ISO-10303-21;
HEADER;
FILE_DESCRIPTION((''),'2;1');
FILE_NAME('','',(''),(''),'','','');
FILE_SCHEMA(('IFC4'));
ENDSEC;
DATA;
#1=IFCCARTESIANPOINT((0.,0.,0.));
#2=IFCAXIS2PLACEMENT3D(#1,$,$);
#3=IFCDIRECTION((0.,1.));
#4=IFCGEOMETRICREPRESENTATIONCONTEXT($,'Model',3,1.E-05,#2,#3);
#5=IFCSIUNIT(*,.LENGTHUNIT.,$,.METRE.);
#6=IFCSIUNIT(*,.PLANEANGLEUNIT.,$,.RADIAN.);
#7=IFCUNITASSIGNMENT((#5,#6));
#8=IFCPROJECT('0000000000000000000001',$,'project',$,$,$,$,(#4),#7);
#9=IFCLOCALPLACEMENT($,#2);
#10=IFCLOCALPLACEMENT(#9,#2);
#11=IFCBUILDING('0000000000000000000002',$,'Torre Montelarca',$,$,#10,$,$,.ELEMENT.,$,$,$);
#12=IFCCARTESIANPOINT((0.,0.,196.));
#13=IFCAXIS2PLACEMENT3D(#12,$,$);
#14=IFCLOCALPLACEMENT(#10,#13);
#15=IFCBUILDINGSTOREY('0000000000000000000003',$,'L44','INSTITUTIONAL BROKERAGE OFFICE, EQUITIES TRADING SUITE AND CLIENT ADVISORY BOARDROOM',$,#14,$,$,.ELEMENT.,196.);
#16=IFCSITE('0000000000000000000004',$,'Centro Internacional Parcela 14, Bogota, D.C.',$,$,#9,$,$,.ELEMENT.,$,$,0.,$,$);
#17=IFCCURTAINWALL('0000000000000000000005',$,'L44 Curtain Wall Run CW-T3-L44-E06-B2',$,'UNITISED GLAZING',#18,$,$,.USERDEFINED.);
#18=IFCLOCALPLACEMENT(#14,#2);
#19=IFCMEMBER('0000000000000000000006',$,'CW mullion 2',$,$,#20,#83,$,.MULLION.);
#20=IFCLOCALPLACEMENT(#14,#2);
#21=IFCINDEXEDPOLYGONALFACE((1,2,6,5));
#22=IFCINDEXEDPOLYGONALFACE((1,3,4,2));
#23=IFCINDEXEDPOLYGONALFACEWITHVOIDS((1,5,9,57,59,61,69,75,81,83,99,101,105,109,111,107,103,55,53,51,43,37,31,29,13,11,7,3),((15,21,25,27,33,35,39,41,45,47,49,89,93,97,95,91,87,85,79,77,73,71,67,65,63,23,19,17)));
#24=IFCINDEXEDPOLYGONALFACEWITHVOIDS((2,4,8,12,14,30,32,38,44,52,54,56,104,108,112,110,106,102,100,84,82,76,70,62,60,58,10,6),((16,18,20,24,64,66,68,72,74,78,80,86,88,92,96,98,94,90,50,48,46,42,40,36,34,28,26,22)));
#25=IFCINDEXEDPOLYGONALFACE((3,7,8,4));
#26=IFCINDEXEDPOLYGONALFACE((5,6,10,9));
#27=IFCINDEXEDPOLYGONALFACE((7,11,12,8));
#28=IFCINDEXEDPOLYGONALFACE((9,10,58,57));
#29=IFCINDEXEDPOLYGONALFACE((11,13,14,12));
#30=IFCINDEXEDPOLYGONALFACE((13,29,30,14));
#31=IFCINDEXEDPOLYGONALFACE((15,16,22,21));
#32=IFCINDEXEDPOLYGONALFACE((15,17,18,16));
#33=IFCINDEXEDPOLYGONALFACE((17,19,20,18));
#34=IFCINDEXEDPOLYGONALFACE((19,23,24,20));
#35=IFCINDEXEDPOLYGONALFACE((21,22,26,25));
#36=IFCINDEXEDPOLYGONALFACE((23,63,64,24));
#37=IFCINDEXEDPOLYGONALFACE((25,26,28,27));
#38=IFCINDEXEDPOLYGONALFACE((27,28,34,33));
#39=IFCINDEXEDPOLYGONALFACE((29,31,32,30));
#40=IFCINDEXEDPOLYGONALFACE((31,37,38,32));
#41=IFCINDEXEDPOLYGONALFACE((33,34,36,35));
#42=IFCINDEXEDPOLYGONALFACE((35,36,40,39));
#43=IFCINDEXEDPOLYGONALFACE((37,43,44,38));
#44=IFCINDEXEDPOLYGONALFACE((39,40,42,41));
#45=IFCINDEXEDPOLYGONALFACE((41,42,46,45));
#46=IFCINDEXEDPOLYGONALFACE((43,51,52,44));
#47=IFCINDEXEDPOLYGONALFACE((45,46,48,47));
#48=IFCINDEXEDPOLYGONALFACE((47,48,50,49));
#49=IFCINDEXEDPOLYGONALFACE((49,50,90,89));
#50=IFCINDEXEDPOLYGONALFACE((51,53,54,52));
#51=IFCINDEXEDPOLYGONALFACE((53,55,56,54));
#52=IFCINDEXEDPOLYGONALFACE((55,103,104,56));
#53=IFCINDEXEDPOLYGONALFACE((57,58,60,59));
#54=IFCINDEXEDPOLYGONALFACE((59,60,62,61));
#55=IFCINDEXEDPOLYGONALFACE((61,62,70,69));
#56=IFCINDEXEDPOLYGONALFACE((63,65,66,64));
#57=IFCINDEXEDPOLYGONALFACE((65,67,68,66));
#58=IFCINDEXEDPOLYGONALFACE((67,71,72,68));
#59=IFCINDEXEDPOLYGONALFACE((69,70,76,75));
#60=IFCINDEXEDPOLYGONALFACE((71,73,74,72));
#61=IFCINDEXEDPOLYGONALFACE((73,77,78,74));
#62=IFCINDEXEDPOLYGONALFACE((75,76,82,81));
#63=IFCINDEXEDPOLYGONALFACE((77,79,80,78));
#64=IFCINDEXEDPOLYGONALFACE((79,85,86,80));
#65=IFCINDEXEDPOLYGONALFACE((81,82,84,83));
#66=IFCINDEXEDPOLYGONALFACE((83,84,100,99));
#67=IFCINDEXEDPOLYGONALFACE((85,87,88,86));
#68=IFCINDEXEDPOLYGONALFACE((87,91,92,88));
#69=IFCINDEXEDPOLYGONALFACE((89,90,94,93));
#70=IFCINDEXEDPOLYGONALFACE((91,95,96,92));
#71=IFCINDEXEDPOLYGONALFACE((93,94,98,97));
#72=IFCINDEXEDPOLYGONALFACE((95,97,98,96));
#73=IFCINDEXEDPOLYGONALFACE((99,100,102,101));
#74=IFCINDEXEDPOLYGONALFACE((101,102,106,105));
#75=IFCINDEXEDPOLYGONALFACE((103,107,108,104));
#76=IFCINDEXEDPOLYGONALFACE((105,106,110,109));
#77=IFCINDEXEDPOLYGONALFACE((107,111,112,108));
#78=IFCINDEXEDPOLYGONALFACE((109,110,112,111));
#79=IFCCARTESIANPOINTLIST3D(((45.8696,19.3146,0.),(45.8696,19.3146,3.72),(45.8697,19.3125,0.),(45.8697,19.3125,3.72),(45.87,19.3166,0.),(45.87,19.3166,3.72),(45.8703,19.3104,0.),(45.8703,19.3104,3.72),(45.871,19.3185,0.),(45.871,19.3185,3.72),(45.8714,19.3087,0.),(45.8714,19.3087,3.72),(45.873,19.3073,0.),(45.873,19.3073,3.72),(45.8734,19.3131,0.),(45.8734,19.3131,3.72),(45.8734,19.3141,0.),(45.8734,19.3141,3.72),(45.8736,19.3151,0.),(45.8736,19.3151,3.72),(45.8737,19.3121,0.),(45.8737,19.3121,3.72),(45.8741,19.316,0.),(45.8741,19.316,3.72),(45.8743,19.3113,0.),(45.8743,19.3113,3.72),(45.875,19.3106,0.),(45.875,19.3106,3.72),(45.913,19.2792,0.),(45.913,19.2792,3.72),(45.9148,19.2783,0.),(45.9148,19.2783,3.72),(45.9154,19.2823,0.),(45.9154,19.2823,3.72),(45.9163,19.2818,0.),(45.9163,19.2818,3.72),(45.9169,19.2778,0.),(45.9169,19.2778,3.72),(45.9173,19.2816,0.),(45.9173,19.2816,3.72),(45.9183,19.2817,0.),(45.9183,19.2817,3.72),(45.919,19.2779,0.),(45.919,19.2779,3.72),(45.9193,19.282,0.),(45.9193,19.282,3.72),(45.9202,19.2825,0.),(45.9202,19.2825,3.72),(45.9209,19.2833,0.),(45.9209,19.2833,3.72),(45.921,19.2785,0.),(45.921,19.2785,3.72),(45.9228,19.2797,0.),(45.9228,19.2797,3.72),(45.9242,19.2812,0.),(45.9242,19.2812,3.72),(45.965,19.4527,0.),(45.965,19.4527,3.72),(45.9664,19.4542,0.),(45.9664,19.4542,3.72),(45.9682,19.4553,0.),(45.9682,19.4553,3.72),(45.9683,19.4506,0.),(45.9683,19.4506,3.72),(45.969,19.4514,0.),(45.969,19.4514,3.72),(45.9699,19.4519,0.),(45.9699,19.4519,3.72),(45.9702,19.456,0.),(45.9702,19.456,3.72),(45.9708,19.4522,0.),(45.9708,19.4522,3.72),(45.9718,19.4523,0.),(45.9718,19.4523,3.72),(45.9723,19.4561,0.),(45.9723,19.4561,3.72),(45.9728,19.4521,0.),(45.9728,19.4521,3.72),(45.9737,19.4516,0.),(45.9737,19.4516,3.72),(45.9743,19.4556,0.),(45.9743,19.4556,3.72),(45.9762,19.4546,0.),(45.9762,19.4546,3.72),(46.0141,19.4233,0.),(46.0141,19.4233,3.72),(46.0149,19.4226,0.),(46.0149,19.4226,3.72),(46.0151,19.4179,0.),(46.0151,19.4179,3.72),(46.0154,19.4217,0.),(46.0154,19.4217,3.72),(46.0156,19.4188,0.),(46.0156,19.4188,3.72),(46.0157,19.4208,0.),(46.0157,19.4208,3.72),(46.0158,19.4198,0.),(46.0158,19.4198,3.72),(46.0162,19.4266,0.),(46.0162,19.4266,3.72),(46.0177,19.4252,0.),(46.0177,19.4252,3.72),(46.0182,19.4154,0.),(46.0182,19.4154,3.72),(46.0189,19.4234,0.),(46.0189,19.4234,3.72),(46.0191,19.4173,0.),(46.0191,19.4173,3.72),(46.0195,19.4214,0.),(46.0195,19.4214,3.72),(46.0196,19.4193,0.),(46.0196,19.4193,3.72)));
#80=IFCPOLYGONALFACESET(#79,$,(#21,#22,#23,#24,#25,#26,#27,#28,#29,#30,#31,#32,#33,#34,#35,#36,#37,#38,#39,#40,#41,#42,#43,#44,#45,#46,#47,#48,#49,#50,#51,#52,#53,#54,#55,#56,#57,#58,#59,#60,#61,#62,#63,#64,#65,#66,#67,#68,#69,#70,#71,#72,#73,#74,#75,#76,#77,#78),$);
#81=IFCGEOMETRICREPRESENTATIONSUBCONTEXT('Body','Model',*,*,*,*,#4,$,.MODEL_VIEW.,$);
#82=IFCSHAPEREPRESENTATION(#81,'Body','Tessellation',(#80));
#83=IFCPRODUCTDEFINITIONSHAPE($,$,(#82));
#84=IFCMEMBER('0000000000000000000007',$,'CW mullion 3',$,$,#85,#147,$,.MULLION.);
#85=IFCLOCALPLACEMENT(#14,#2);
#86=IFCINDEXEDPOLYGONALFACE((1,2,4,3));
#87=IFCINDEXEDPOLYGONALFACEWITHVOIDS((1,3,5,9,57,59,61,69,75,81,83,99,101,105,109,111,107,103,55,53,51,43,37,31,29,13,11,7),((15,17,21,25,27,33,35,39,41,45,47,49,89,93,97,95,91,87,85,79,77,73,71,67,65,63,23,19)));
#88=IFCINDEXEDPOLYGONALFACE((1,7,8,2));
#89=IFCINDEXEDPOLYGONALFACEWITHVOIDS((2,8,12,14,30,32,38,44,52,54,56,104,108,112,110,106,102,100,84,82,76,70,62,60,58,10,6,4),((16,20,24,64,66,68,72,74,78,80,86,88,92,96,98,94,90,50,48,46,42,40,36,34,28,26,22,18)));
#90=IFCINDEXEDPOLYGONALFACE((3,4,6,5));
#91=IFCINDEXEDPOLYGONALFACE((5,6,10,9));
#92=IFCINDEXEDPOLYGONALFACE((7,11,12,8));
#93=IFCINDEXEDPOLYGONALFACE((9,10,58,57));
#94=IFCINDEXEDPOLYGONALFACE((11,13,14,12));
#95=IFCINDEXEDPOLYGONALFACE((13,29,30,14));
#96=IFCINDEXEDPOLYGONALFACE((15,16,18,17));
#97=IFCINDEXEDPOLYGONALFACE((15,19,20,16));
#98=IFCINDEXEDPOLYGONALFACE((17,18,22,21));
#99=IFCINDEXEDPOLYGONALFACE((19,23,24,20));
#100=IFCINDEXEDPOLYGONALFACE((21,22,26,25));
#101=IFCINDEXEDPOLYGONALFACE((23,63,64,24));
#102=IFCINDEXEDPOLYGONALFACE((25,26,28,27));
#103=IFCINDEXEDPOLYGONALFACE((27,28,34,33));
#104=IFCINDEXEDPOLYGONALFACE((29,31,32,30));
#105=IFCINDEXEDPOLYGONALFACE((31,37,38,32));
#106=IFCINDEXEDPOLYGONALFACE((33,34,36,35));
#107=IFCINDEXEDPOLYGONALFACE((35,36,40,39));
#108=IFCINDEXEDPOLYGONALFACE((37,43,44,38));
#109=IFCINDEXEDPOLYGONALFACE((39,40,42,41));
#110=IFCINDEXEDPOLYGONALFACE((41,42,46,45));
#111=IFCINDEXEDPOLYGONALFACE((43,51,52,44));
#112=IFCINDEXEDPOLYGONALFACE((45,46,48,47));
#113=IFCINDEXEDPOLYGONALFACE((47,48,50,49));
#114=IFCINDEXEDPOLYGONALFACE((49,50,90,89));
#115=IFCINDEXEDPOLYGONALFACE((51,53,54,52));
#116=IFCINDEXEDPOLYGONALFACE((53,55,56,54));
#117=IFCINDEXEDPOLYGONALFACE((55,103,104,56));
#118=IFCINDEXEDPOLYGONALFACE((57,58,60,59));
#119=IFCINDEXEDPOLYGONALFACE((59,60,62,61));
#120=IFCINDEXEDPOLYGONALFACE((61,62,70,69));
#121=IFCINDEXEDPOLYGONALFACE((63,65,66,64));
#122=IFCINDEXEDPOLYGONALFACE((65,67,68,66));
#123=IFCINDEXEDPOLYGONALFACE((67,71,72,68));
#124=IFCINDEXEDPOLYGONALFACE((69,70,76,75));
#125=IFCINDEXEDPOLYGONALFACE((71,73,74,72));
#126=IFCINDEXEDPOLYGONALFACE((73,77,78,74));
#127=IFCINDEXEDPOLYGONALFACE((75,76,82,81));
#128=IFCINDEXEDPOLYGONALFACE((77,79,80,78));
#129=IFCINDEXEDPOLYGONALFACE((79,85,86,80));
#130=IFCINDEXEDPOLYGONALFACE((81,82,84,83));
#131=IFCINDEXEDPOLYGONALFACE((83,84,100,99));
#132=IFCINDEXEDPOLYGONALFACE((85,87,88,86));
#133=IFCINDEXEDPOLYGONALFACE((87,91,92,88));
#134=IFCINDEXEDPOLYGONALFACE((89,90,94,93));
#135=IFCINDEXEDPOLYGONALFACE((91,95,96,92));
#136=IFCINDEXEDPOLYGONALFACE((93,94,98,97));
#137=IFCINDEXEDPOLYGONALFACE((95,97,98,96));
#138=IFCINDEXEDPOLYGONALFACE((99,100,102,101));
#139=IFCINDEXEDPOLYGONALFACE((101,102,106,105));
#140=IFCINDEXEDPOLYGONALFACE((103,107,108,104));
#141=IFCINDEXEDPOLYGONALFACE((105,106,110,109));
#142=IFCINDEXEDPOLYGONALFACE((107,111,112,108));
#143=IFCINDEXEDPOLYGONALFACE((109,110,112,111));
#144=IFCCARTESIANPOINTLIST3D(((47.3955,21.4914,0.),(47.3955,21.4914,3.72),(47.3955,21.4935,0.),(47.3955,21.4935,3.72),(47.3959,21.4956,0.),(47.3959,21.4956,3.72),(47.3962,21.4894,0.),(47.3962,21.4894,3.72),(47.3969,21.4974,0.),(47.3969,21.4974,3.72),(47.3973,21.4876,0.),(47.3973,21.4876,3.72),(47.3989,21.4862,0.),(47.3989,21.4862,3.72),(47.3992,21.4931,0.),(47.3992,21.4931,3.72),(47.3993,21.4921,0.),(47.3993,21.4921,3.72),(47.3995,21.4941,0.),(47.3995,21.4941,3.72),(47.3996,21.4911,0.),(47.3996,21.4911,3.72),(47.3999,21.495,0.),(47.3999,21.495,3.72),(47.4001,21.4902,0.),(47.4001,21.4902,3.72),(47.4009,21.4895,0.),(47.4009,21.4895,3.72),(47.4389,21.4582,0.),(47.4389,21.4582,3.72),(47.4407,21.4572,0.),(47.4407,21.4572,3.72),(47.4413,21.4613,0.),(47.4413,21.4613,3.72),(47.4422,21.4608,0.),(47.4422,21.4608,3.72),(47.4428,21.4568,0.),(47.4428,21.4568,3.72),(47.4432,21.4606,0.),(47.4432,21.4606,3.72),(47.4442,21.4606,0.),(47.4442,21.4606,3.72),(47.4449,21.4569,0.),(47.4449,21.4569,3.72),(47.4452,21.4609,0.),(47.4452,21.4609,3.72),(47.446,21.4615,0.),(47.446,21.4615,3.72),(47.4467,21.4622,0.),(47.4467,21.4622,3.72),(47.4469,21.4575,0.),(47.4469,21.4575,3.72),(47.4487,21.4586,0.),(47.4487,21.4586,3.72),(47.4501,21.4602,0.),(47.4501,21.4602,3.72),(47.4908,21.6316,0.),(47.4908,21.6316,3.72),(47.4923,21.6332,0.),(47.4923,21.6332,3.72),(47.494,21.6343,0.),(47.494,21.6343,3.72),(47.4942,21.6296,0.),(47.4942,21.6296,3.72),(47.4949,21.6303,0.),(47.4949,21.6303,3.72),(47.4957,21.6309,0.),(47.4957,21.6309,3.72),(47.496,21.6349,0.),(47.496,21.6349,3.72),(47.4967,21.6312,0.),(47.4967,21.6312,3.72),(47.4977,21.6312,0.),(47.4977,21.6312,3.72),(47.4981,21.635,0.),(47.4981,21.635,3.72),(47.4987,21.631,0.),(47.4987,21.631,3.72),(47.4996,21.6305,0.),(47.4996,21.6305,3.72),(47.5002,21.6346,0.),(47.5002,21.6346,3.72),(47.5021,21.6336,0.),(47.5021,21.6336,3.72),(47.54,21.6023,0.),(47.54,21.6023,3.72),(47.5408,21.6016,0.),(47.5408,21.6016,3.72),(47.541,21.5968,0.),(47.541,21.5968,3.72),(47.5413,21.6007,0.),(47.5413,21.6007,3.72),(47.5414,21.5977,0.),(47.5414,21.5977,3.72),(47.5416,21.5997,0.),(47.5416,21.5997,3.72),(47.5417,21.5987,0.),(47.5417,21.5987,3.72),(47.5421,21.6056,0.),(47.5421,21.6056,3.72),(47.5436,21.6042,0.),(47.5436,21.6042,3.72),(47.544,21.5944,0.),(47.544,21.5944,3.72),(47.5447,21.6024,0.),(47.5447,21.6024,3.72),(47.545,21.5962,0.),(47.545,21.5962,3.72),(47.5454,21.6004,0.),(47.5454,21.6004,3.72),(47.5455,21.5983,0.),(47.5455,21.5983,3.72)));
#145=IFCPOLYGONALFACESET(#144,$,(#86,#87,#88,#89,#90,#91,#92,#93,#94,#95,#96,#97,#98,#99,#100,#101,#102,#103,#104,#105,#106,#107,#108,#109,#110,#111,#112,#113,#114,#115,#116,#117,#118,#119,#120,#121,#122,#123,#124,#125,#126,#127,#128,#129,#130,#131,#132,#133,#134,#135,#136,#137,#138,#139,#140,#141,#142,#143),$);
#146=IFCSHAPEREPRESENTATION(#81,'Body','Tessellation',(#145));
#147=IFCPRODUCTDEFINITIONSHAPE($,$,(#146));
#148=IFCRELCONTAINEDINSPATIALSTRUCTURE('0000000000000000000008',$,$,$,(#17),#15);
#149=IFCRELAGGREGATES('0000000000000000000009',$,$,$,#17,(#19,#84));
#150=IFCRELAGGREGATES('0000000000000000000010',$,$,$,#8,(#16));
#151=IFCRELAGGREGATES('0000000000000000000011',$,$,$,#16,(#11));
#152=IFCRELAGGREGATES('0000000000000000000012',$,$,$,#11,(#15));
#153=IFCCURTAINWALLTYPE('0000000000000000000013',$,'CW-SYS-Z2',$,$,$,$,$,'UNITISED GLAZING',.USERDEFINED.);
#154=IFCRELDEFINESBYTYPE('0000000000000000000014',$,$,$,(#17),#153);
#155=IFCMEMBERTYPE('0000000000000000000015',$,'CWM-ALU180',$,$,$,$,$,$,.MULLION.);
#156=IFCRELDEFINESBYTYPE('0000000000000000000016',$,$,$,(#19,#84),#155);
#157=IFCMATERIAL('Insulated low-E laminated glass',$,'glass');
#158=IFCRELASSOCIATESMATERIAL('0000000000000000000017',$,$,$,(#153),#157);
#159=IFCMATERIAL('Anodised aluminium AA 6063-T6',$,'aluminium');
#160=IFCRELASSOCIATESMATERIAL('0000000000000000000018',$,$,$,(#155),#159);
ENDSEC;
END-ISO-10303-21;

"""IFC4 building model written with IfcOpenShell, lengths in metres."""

from ifc_helpers import new_model, si_unit, direction, frame, origin, origin_2d, place, context, subcontext, project, spatial, hollow_rectangle, extrude, source, transform, mapped, material, material_profile, profile_set, type_object, element, aggregate, save


model = new_model("IFC4")

# Units and contexts
model_context = context("Model", 3, precision=1e-05, world=origin(), true_north=direction((0.0, 1.0)))
body_context = subcontext(model_context, "Body", "Model", "MODEL_VIEW")
ifc_project = project(units=[si_unit("LENGTHUNIT", "METRE"), si_unit("PLANEANGLEUNIT", "RADIAN")], contexts=[model_context])

# Site, building, storey
site_placement = place(None, origin())
site = spatial("IfcSite", under=ifc_project, at=site_placement, Name="Centro Internacional Parcela 14, Bogota, D.C.", CompositionType="ELEMENT", RefElevation=0.0)
building_placement = place(site_placement, origin())
building = spatial("IfcBuilding", under=site, at=building_placement, Name="Torre Montelarca", CompositionType="ELEMENT")
storey_placement = place(building_placement, frame((0.0, 0.0, 196.0)))
storey = spatial("IfcBuildingStorey", under=building, at=storey_placement, Name="L44", Description="INSTITUTIONAL BROKERAGE OFFICE, EQUITIES TRADING SUITE AND CLIENT ADVISORY BOARDROOM", CompositionType="ELEMENT", Elevation=196.0)

# Shared definitions
ifc_material_1 = material(Name="Insulated low-E laminated glass", Category="glass")
curtain_wall_type = type_object("IfcCurtainWallType", Name="CW-SYS-Z2", ElementType="UNITISED GLAZING", PredefinedType="USERDEFINED", material=ifc_material_1)
ifc_material_2 = material(Name="Anodised aluminium AA 6063-T6", Category="aluminium")

# Shared definitions
ifc_material_profile_1 = material_profile(ifc_material_2, hollow_rectangle(XDim=0.0649, YDim=0.1799, WallThickness=0.0039, InnerFilletRadius=0.0039, OuterFilletRadius=0.0081, at=origin_2d()), Name="ALU65X180X4", Category="aluminium")
ifc_profile_set_1 = profile_set([ifc_material_profile_1], Name="Anodised aluminium AA 6063-T6")
member_type_1 = type_object("IfcMemberType", Name="CWM-ALU180", PredefinedType="MULLION", material=ifc_profile_set_1)
shared_shape_1 = source(origin(), body_context, "Body", "SweptSolid", [
    extrude(hollow_rectangle(XDim=0.0649, YDim=0.1799, WallThickness=0.0039, InnerFilletRadius=0.0039, OuterFilletRadius=0.0081, at=origin_2d()), origin(), (0.0, 0.0, 1.0), 3.72),
])

# Curtain wall, members
curtain_wall_1_placement = place(storey_placement, origin())
curtain_wall_1 = element("IfcCurtainWall", 1, at=curtain_wall_1_placement, inside=storey, type_object=curtain_wall_type, Name="L44 Curtain Wall Run CW-T3-L44-E06-B2", ObjectType="UNITISED GLAZING", PredefinedType="USERDEFINED")
member_1_placement = place(storey_placement, frame((45.9446, 19.3669, 0.0), z_axis=(0.0, 0.0, 1.0), x_axis=(-0.819154, 0.573573, 0.0)))
member_1 = element("IfcMember", 2, at=member_1_placement, type_object=member_type_1, Name="CW mullion 2", PredefinedType="MULLION", context=body_context, shape_type="MappedRepresentation", body=[
    mapped(shared_shape_1, transform((0.0, 0.0, 0.0), scale=1.0)),
])
member_2_placement = place(storey_placement, frame((47.4705, 21.5459, 0.0), z_axis=(0.0, 0.0, 1.0), x_axis=(-0.819154, 0.573573, 0.0)))
member_2 = element("IfcMember", 3, at=member_2_placement, type_object=member_type_1, Name="CW mullion 3", PredefinedType="MULLION", context=body_context, shape_type="MappedRepresentation", body=[
    mapped(shared_shape_1, transform((0.0, 0.0, 0.0), scale=1.0)),
])

aggregate(curtain_wall_1, [member_1, member_2])

save(model, "model.ifc")
